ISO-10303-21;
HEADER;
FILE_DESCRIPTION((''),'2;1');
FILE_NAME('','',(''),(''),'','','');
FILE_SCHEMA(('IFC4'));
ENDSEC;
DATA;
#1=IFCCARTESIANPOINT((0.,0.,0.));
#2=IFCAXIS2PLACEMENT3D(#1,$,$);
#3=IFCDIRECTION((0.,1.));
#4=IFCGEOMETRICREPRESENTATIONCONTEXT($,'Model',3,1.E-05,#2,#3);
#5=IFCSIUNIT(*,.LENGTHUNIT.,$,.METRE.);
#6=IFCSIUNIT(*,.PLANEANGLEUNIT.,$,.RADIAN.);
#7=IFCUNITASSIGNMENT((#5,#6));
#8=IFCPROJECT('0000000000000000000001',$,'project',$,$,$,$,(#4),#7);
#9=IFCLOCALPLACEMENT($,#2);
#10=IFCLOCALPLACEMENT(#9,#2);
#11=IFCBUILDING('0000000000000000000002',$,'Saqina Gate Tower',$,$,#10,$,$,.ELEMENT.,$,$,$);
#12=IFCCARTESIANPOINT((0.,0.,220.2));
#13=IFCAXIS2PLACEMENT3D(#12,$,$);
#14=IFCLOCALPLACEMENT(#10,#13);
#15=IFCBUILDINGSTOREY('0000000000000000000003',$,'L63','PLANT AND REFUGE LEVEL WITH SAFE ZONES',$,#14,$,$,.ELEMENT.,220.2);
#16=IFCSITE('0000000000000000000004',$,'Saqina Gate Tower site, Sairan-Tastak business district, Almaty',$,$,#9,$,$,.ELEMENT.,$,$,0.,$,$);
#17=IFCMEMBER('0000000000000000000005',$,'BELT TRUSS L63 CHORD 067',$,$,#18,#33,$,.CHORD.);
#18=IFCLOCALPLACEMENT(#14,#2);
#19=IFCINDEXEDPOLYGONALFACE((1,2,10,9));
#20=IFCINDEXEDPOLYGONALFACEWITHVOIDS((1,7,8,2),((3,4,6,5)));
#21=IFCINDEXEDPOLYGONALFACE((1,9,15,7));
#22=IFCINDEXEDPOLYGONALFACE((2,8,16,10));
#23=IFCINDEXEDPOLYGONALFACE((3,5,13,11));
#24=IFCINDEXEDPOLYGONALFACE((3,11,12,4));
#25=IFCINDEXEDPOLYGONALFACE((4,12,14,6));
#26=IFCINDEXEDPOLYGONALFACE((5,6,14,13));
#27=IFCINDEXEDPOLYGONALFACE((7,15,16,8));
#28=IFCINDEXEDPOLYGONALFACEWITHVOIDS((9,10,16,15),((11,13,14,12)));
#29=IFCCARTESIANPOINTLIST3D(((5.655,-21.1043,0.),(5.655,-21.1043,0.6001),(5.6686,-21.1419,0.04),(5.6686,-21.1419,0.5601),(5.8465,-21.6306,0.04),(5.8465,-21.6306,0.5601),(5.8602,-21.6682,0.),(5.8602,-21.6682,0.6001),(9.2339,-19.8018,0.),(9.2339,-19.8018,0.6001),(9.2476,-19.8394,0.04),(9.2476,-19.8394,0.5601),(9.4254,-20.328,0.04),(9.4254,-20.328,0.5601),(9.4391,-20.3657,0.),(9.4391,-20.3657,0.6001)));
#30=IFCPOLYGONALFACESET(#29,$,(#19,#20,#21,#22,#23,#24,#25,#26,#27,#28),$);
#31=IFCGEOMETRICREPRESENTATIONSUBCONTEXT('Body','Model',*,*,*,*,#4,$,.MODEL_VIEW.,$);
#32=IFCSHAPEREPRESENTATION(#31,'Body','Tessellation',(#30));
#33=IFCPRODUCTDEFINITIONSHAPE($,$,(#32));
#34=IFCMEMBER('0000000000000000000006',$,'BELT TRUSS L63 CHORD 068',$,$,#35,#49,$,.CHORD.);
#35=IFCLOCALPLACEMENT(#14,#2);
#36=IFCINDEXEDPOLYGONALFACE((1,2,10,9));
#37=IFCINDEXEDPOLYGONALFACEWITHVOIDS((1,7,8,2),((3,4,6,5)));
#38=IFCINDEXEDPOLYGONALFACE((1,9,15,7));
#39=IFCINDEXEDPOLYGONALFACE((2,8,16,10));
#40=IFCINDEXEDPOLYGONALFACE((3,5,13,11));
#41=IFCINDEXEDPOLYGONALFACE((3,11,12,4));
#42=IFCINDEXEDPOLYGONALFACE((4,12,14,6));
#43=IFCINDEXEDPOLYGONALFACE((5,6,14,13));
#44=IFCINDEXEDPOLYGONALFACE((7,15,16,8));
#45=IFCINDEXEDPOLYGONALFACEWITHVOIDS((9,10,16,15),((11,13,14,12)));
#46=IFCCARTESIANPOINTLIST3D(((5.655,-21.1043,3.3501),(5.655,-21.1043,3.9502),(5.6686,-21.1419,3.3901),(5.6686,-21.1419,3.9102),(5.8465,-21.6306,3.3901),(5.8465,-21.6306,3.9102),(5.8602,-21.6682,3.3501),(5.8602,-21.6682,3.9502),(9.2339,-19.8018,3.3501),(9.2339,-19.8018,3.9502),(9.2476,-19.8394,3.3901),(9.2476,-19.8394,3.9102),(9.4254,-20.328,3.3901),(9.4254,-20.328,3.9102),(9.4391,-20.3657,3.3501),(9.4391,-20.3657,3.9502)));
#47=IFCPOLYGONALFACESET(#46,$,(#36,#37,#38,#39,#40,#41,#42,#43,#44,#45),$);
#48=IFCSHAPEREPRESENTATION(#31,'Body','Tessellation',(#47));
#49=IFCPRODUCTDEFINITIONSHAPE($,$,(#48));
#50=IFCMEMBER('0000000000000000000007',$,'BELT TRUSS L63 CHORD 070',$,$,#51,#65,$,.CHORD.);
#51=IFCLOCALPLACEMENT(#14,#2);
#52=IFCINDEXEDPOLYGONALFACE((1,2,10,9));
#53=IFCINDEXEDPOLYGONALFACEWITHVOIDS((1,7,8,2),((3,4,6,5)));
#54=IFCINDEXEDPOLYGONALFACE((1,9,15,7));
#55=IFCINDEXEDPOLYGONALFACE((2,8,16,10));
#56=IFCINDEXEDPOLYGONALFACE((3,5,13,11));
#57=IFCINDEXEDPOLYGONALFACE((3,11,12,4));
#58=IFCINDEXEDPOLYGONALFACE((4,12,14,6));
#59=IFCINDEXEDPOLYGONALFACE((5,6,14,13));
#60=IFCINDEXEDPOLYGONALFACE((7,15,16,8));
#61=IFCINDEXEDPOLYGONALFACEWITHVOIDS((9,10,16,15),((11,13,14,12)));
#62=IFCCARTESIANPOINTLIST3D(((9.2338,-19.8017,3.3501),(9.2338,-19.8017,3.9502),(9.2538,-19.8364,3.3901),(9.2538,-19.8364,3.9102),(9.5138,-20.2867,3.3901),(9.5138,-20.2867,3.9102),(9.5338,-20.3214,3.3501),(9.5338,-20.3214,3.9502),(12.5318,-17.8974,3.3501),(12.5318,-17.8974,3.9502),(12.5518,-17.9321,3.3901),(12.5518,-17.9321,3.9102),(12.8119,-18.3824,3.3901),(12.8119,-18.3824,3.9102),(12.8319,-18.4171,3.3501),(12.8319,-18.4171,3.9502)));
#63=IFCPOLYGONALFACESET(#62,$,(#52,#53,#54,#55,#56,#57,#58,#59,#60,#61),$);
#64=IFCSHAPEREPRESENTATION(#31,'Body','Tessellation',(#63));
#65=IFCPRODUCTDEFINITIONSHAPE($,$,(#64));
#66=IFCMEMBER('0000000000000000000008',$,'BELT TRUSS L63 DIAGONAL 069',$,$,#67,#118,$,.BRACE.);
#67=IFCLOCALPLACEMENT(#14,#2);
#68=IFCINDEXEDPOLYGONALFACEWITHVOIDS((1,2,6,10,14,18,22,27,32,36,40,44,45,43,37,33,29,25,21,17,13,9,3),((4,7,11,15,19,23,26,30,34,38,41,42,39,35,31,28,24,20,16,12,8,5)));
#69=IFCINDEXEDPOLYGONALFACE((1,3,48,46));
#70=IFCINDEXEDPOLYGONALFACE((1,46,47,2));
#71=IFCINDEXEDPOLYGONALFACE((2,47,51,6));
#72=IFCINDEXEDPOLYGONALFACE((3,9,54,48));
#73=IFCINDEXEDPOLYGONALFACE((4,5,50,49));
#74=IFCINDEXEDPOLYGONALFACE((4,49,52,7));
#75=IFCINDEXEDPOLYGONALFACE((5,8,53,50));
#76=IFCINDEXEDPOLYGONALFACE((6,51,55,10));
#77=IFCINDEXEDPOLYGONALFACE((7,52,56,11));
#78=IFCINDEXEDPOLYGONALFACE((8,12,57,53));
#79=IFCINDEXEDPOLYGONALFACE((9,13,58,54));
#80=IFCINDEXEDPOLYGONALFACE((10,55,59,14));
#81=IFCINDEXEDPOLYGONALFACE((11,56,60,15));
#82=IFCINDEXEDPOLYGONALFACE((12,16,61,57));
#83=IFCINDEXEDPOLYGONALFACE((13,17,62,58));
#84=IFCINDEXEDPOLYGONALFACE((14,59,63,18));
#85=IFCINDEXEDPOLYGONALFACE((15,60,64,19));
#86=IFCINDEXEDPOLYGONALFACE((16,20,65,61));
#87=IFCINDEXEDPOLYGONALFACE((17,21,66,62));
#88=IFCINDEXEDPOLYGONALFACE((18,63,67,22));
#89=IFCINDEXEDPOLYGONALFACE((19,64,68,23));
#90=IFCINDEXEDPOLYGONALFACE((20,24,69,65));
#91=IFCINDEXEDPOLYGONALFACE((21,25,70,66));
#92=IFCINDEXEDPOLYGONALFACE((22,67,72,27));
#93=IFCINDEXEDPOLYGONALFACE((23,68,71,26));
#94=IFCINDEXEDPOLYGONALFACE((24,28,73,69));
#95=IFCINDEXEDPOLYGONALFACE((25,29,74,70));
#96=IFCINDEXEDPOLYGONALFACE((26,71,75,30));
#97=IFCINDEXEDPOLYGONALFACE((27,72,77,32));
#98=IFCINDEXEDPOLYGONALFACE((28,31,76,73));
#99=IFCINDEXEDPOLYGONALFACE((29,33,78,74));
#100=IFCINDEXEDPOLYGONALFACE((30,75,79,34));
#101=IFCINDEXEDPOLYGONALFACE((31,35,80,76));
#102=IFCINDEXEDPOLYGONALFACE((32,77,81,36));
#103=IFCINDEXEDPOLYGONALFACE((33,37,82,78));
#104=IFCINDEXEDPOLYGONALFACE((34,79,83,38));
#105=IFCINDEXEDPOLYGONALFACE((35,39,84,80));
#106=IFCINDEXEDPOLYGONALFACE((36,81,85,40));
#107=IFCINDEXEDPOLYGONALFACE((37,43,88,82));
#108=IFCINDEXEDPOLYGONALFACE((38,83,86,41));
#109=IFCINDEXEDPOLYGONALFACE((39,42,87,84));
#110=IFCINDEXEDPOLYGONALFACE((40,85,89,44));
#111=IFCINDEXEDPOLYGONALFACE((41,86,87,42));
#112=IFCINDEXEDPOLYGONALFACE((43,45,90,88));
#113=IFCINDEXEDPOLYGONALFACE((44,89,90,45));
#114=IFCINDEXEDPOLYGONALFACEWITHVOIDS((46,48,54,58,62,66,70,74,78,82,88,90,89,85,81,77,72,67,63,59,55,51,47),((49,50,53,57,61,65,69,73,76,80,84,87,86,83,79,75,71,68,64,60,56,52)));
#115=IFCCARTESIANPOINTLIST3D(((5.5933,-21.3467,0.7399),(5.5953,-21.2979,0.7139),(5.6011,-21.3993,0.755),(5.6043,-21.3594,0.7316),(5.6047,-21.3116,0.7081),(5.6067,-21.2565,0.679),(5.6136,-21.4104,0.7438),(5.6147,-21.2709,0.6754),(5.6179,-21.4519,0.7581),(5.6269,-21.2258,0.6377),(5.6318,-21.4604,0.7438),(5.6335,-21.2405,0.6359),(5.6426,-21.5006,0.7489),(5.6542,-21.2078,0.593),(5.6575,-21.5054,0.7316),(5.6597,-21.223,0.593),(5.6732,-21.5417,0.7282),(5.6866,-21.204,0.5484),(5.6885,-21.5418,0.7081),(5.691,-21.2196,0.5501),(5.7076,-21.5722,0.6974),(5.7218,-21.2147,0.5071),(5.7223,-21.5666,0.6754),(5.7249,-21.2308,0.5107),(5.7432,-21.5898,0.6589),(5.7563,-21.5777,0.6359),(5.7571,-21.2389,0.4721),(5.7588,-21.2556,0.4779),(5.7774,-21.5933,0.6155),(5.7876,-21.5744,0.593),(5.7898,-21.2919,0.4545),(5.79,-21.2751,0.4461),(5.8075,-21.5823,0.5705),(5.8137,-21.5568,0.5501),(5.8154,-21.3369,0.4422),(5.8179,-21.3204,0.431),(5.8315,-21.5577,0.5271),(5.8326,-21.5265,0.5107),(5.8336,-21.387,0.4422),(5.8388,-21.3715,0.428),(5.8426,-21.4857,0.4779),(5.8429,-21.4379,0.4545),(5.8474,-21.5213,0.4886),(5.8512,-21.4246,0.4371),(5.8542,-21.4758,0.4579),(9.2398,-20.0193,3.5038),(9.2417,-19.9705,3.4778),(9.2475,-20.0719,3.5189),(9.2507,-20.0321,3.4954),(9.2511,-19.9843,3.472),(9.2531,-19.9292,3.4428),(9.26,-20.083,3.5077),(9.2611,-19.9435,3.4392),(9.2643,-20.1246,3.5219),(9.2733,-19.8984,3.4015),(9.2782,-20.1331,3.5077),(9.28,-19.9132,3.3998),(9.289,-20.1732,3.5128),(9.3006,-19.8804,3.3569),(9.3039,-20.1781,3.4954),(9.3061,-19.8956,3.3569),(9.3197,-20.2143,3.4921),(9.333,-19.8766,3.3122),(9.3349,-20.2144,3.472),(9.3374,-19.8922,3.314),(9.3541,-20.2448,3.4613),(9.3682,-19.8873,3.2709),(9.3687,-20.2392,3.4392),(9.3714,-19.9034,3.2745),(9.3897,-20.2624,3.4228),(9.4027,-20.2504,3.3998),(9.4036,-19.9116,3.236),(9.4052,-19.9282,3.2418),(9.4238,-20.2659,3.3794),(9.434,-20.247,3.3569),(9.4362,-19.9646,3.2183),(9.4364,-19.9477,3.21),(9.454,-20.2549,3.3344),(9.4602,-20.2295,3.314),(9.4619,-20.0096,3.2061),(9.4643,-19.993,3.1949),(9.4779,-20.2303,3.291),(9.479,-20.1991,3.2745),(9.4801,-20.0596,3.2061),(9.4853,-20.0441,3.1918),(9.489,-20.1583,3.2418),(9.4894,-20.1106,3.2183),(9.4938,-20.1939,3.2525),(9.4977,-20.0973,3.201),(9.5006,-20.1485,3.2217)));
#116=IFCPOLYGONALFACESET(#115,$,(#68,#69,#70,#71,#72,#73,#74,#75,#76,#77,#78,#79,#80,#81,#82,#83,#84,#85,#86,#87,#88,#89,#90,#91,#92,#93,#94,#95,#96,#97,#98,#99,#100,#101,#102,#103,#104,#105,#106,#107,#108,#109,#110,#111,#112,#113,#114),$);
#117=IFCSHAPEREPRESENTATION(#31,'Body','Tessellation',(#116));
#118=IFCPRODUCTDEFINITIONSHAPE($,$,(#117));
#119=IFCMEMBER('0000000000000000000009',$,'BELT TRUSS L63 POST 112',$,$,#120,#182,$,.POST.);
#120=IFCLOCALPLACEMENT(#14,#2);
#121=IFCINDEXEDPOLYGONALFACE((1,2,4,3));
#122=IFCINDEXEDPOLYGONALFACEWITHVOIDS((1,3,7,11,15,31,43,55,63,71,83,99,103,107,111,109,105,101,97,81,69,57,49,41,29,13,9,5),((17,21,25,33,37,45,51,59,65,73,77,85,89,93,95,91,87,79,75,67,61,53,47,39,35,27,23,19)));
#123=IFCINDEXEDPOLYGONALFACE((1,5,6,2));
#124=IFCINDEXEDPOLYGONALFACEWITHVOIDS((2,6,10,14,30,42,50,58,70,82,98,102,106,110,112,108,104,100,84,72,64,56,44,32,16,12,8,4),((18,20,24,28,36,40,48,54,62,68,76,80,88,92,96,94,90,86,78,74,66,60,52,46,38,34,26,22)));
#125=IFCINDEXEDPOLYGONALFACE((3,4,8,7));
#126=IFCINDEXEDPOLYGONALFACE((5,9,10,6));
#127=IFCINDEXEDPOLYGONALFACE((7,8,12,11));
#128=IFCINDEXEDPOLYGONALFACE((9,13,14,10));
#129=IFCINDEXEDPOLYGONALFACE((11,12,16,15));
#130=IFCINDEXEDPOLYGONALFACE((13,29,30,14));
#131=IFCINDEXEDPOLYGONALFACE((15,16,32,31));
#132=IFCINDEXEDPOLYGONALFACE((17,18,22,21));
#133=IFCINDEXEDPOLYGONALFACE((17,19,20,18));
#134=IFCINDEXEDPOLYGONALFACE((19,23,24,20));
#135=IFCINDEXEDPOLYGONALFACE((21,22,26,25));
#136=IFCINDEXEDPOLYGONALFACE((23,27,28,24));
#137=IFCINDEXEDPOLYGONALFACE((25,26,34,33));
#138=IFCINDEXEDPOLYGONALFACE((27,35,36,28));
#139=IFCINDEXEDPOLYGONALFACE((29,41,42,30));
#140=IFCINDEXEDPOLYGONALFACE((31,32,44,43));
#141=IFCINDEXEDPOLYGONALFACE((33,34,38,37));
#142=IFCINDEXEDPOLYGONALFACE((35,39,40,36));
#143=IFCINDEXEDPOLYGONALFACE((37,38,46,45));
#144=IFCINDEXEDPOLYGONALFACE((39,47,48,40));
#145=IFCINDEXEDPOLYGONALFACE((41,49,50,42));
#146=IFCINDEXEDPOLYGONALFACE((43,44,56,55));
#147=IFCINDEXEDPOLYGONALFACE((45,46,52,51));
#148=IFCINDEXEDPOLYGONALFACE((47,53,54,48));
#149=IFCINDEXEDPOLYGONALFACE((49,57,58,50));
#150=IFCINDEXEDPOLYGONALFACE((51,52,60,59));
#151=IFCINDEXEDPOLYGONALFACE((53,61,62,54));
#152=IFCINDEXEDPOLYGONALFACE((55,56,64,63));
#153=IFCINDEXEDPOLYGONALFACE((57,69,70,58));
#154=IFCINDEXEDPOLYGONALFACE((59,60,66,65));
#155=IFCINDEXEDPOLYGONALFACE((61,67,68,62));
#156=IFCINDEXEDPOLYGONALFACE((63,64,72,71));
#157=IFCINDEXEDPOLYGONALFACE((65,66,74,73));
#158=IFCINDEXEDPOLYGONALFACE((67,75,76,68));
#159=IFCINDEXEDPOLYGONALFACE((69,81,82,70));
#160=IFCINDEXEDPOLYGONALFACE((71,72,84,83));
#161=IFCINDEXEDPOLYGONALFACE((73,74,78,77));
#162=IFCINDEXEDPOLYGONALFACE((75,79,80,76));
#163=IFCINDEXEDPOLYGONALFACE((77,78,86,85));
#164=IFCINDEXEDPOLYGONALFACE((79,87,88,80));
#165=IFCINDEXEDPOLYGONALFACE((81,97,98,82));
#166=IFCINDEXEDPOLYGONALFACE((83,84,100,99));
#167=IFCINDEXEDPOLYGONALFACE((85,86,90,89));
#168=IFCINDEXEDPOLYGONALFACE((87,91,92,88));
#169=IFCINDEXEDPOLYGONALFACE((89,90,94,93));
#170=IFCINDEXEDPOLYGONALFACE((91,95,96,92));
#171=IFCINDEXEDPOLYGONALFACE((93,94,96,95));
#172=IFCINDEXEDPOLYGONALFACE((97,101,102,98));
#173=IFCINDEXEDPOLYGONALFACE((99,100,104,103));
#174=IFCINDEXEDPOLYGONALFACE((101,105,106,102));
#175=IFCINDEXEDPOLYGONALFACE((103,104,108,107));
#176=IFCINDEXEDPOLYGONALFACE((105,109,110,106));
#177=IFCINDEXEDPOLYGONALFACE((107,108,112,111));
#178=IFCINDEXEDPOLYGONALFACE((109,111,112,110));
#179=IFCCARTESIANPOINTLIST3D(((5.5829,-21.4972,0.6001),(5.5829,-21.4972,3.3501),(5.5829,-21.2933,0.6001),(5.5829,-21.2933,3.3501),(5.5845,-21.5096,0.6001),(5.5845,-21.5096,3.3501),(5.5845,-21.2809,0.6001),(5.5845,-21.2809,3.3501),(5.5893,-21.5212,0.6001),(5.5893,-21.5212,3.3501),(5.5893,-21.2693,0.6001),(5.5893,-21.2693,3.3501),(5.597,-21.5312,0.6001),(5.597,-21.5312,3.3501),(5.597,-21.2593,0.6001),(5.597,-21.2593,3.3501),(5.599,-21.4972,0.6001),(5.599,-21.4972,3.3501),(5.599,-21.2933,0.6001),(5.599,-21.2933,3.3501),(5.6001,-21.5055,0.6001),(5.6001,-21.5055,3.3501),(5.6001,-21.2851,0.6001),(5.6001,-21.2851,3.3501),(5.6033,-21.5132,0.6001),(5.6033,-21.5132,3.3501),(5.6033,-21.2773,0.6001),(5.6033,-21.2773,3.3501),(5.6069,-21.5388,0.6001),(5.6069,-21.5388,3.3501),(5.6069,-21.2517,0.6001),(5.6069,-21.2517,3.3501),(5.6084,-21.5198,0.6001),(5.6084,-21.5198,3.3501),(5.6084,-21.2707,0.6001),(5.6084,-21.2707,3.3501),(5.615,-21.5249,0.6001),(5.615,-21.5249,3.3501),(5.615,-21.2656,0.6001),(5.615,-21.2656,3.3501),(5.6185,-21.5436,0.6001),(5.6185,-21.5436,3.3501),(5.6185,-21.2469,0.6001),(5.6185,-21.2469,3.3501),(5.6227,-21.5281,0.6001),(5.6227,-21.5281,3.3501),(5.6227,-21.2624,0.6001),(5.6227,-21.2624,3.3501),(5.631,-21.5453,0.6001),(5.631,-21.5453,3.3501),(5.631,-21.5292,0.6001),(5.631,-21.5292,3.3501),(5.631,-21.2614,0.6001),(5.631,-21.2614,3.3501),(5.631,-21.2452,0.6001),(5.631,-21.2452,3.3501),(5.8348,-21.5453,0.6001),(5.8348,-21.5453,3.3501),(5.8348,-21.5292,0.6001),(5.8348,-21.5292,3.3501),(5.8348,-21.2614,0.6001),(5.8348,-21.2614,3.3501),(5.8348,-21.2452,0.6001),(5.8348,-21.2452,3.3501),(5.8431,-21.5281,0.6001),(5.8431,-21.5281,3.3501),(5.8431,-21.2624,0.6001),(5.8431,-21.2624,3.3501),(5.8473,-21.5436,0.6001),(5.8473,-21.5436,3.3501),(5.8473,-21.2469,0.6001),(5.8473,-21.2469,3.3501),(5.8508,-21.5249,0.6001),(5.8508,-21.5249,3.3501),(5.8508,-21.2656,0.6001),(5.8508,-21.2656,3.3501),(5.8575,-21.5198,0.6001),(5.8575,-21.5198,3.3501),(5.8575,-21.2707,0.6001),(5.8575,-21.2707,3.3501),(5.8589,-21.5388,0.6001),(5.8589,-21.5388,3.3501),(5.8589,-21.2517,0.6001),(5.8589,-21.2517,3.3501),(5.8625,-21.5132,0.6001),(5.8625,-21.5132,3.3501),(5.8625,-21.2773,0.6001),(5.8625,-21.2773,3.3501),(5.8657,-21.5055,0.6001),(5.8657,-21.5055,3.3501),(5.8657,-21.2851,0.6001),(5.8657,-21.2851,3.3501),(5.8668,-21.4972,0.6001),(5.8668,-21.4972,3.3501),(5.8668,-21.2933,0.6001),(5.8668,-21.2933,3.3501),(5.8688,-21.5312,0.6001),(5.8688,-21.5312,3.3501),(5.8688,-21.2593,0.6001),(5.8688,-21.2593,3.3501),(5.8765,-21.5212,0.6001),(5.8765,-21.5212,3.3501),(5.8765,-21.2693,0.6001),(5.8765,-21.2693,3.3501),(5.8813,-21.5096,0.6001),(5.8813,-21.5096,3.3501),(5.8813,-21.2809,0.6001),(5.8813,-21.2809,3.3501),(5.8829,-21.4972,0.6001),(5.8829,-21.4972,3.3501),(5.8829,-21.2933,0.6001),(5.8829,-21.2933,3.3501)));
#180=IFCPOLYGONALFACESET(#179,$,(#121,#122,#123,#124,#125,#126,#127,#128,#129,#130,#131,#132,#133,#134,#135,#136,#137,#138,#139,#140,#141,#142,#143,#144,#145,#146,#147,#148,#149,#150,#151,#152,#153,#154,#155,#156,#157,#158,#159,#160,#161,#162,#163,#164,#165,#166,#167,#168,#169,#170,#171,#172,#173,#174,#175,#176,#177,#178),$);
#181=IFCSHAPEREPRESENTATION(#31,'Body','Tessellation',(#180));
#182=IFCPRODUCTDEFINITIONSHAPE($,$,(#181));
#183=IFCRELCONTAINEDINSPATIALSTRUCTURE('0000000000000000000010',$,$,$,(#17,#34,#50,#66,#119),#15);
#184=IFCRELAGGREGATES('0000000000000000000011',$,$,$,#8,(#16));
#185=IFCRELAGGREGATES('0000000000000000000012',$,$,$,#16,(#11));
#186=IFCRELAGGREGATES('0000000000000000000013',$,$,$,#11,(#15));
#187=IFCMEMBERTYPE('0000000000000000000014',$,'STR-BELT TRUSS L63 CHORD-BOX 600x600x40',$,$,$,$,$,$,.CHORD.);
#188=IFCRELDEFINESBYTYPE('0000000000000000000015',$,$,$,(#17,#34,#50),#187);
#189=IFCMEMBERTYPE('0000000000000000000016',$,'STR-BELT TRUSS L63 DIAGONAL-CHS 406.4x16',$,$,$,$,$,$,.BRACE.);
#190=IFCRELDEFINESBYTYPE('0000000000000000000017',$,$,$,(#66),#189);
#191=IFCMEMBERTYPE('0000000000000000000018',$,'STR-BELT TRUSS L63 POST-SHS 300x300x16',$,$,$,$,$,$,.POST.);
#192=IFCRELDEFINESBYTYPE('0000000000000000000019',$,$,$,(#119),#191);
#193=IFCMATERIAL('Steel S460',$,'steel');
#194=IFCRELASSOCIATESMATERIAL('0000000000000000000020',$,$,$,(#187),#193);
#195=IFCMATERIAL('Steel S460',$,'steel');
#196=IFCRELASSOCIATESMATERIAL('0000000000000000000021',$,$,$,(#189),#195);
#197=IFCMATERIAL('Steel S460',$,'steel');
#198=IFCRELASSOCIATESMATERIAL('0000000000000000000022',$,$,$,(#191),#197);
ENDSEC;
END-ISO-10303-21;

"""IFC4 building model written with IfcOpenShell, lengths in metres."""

from ifc_helpers import new_model, si_unit, direction, frame, origin, origin_2d, place, context, subcontext, project, spatial, hollow_rectangle, hollow_circle, extrude, material, material_profile, profile_set, type_object, element, save


model = new_model("IFC4")

# Units and contexts
model_context = context("Model", 3, precision=1e-05, world=origin(), true_north=direction((0.0, 1.0)))
body_context = subcontext(model_context, "Body", "Model", "MODEL_VIEW")
ifc_project = project(units=[si_unit("LENGTHUNIT", "METRE"), si_unit("PLANEANGLEUNIT", "RADIAN")], contexts=[model_context])

# Site, building, storey
site_placement = place(None, origin())
site = spatial("IfcSite", under=ifc_project, at=site_placement, Name="Saqina Gate Tower site, Sairan-Tastak business district, Almaty", CompositionType="ELEMENT", RefElevation=0.0)
building_placement = place(site_placement, origin())
building = spatial("IfcBuilding", under=site, at=building_placement, Name="Saqina Gate Tower", CompositionType="ELEMENT")
storey_placement = place(building_placement, frame((0.0, 0.0, 220.2)))
storey = spatial("IfcBuildingStorey", under=building, at=storey_placement, Name="L63", Description="PLANT AND REFUGE LEVEL WITH SAFE ZONES", CompositionType="ELEMENT", Elevation=220.2)

# Members
ifc_material_1 = material(Name="Steel S460", Category="steel")
ifc_material_profile_1 = material_profile(ifc_material_1, hollow_rectangle(XDim=0.6001, YDim=0.6001, WallThickness=0.04, at=origin_2d()), Name="BOX 600x600x40")
ifc_profile_set_1 = profile_set([ifc_material_profile_1], Name="Steel S460")
member_type_1 = type_object("IfcMemberType", Name="STR-BELT TRUSS L63 CHORD-BOX 600x600x40", PredefinedType="CHORD", material=ifc_profile_set_1)
for number, where, z_axis, x_axis, name in (
    (1, (5.7576, -21.3862, 0.3), (0.939702, 0.341995, 0.0), (-0.341995, 0.939702, 0.0), "BELT TRUSS L63 CHORD 067"),
    (2, (5.7576, -21.3862, 3.6501), (0.939702, 0.341995, 0.0), (-0.341995, 0.939702, 0.0), "BELT TRUSS L63 CHORD 068"),
):
    element("IfcMember", number, at=place(storey_placement, frame(where, z_axis=z_axis, x_axis=x_axis)), inside=storey, type_object=member_type_1, Name=name, PredefinedType="CHORD", context=body_context, shape_type="SweptSolid", body=[
        extrude(hollow_rectangle(XDim=0.6001, YDim=0.6001, WallThickness=0.04, at=origin_2d()), origin(), (0.0, 0.0, 1.0), 3.8086),
    ])
member_1_placement = place(storey_placement, frame((9.3838, -20.0615, 3.6501), z_axis=(0.866009, 0.500028, 0.0), x_axis=(-0.500028, 0.866009, 0.0)))
element("IfcMember", 3, at=member_1_placement, inside=storey, type_object=member_type_1, Name="BELT TRUSS L63 CHORD 070", PredefinedType="CHORD", context=body_context, shape_type="SweptSolid", body=[
    extrude(hollow_rectangle(XDim=0.6001, YDim=0.6001, WallThickness=0.04, at=origin_2d()), origin(), (0.0, 0.0, 1.0), 3.8083),
])
ifc_material_2 = material(Name="Steel S460", Category="steel")
ifc_material_profile_2 = material_profile(ifc_material_2, hollow_circle(Radius=0.2031, WallThickness=0.0161, at=origin_2d()), Name="CHS 406.4x16")
ifc_profile_set_2 = profile_set([ifc_material_profile_2], Name="Steel S460")
member_type_2 = type_object("IfcMemberType", Name="STR-BELT TRUSS L63 DIAGONAL-CHS 406.4x16", PredefinedType="BRACE", material=ifc_profile_set_2)
member_2_placement = place(storey_placement, frame((5.7236, -21.3987, 0.593), z_axis=(0.765385, 0.278615, 0.580137), x_axis=(-0.342061, 0.939678, 0.0)))
element("IfcMember", 4, at=member_2_placement, inside=storey, type_object=member_type_2, Name="BELT TRUSS L63 DIAGONAL 069", PredefinedType="BRACE", context=body_context, shape_type="SweptSolid", body=[
    extrude(hollow_circle(Radius=0.2031, WallThickness=0.0161, at=origin_2d()), origin(), (0.0, 0.0, 1.0), 4.7642),
])
ifc_material_3 = material(Name="Steel S460", Category="steel")
ifc_material_profile_3 = material_profile(ifc_material_3, hollow_rectangle(XDim=0.3, YDim=0.3, WallThickness=0.0161, InnerFilletRadius=0.032, OuterFilletRadius=0.0481, at=origin_2d()), Name="SHS 300x300x16")
ifc_profile_set_3 = profile_set([ifc_material_profile_3], Name="Steel S460")
member_type_3 = type_object("IfcMemberType", Name="STR-BELT TRUSS L63 POST-SHS 300x300x16", PredefinedType="POST", material=ifc_profile_set_3)
for number, where, z_axis, x_axis, name in (
    (5, (5.7329, -21.3953, 0.6001), (0.0, 0.0, 1.0), (1.0, 0.0, 0.0), "BELT TRUSS L63 POST 112"),
):
    element("IfcMember", number, at=place(storey_placement, frame(where, z_axis=z_axis, x_axis=x_axis)), inside=storey, type_object=member_type_3, Name=name, PredefinedType="POST", context=body_context, shape_type="SweptSolid", body=[
        extrude(hollow_rectangle(XDim=0.3, YDim=0.3, WallThickness=0.0161, InnerFilletRadius=0.032, OuterFilletRadius=0.0481, at=origin_2d()), origin(), (0.0, 0.0, 1.0), 2.75),
    ])

save(model, "model.ifc")
